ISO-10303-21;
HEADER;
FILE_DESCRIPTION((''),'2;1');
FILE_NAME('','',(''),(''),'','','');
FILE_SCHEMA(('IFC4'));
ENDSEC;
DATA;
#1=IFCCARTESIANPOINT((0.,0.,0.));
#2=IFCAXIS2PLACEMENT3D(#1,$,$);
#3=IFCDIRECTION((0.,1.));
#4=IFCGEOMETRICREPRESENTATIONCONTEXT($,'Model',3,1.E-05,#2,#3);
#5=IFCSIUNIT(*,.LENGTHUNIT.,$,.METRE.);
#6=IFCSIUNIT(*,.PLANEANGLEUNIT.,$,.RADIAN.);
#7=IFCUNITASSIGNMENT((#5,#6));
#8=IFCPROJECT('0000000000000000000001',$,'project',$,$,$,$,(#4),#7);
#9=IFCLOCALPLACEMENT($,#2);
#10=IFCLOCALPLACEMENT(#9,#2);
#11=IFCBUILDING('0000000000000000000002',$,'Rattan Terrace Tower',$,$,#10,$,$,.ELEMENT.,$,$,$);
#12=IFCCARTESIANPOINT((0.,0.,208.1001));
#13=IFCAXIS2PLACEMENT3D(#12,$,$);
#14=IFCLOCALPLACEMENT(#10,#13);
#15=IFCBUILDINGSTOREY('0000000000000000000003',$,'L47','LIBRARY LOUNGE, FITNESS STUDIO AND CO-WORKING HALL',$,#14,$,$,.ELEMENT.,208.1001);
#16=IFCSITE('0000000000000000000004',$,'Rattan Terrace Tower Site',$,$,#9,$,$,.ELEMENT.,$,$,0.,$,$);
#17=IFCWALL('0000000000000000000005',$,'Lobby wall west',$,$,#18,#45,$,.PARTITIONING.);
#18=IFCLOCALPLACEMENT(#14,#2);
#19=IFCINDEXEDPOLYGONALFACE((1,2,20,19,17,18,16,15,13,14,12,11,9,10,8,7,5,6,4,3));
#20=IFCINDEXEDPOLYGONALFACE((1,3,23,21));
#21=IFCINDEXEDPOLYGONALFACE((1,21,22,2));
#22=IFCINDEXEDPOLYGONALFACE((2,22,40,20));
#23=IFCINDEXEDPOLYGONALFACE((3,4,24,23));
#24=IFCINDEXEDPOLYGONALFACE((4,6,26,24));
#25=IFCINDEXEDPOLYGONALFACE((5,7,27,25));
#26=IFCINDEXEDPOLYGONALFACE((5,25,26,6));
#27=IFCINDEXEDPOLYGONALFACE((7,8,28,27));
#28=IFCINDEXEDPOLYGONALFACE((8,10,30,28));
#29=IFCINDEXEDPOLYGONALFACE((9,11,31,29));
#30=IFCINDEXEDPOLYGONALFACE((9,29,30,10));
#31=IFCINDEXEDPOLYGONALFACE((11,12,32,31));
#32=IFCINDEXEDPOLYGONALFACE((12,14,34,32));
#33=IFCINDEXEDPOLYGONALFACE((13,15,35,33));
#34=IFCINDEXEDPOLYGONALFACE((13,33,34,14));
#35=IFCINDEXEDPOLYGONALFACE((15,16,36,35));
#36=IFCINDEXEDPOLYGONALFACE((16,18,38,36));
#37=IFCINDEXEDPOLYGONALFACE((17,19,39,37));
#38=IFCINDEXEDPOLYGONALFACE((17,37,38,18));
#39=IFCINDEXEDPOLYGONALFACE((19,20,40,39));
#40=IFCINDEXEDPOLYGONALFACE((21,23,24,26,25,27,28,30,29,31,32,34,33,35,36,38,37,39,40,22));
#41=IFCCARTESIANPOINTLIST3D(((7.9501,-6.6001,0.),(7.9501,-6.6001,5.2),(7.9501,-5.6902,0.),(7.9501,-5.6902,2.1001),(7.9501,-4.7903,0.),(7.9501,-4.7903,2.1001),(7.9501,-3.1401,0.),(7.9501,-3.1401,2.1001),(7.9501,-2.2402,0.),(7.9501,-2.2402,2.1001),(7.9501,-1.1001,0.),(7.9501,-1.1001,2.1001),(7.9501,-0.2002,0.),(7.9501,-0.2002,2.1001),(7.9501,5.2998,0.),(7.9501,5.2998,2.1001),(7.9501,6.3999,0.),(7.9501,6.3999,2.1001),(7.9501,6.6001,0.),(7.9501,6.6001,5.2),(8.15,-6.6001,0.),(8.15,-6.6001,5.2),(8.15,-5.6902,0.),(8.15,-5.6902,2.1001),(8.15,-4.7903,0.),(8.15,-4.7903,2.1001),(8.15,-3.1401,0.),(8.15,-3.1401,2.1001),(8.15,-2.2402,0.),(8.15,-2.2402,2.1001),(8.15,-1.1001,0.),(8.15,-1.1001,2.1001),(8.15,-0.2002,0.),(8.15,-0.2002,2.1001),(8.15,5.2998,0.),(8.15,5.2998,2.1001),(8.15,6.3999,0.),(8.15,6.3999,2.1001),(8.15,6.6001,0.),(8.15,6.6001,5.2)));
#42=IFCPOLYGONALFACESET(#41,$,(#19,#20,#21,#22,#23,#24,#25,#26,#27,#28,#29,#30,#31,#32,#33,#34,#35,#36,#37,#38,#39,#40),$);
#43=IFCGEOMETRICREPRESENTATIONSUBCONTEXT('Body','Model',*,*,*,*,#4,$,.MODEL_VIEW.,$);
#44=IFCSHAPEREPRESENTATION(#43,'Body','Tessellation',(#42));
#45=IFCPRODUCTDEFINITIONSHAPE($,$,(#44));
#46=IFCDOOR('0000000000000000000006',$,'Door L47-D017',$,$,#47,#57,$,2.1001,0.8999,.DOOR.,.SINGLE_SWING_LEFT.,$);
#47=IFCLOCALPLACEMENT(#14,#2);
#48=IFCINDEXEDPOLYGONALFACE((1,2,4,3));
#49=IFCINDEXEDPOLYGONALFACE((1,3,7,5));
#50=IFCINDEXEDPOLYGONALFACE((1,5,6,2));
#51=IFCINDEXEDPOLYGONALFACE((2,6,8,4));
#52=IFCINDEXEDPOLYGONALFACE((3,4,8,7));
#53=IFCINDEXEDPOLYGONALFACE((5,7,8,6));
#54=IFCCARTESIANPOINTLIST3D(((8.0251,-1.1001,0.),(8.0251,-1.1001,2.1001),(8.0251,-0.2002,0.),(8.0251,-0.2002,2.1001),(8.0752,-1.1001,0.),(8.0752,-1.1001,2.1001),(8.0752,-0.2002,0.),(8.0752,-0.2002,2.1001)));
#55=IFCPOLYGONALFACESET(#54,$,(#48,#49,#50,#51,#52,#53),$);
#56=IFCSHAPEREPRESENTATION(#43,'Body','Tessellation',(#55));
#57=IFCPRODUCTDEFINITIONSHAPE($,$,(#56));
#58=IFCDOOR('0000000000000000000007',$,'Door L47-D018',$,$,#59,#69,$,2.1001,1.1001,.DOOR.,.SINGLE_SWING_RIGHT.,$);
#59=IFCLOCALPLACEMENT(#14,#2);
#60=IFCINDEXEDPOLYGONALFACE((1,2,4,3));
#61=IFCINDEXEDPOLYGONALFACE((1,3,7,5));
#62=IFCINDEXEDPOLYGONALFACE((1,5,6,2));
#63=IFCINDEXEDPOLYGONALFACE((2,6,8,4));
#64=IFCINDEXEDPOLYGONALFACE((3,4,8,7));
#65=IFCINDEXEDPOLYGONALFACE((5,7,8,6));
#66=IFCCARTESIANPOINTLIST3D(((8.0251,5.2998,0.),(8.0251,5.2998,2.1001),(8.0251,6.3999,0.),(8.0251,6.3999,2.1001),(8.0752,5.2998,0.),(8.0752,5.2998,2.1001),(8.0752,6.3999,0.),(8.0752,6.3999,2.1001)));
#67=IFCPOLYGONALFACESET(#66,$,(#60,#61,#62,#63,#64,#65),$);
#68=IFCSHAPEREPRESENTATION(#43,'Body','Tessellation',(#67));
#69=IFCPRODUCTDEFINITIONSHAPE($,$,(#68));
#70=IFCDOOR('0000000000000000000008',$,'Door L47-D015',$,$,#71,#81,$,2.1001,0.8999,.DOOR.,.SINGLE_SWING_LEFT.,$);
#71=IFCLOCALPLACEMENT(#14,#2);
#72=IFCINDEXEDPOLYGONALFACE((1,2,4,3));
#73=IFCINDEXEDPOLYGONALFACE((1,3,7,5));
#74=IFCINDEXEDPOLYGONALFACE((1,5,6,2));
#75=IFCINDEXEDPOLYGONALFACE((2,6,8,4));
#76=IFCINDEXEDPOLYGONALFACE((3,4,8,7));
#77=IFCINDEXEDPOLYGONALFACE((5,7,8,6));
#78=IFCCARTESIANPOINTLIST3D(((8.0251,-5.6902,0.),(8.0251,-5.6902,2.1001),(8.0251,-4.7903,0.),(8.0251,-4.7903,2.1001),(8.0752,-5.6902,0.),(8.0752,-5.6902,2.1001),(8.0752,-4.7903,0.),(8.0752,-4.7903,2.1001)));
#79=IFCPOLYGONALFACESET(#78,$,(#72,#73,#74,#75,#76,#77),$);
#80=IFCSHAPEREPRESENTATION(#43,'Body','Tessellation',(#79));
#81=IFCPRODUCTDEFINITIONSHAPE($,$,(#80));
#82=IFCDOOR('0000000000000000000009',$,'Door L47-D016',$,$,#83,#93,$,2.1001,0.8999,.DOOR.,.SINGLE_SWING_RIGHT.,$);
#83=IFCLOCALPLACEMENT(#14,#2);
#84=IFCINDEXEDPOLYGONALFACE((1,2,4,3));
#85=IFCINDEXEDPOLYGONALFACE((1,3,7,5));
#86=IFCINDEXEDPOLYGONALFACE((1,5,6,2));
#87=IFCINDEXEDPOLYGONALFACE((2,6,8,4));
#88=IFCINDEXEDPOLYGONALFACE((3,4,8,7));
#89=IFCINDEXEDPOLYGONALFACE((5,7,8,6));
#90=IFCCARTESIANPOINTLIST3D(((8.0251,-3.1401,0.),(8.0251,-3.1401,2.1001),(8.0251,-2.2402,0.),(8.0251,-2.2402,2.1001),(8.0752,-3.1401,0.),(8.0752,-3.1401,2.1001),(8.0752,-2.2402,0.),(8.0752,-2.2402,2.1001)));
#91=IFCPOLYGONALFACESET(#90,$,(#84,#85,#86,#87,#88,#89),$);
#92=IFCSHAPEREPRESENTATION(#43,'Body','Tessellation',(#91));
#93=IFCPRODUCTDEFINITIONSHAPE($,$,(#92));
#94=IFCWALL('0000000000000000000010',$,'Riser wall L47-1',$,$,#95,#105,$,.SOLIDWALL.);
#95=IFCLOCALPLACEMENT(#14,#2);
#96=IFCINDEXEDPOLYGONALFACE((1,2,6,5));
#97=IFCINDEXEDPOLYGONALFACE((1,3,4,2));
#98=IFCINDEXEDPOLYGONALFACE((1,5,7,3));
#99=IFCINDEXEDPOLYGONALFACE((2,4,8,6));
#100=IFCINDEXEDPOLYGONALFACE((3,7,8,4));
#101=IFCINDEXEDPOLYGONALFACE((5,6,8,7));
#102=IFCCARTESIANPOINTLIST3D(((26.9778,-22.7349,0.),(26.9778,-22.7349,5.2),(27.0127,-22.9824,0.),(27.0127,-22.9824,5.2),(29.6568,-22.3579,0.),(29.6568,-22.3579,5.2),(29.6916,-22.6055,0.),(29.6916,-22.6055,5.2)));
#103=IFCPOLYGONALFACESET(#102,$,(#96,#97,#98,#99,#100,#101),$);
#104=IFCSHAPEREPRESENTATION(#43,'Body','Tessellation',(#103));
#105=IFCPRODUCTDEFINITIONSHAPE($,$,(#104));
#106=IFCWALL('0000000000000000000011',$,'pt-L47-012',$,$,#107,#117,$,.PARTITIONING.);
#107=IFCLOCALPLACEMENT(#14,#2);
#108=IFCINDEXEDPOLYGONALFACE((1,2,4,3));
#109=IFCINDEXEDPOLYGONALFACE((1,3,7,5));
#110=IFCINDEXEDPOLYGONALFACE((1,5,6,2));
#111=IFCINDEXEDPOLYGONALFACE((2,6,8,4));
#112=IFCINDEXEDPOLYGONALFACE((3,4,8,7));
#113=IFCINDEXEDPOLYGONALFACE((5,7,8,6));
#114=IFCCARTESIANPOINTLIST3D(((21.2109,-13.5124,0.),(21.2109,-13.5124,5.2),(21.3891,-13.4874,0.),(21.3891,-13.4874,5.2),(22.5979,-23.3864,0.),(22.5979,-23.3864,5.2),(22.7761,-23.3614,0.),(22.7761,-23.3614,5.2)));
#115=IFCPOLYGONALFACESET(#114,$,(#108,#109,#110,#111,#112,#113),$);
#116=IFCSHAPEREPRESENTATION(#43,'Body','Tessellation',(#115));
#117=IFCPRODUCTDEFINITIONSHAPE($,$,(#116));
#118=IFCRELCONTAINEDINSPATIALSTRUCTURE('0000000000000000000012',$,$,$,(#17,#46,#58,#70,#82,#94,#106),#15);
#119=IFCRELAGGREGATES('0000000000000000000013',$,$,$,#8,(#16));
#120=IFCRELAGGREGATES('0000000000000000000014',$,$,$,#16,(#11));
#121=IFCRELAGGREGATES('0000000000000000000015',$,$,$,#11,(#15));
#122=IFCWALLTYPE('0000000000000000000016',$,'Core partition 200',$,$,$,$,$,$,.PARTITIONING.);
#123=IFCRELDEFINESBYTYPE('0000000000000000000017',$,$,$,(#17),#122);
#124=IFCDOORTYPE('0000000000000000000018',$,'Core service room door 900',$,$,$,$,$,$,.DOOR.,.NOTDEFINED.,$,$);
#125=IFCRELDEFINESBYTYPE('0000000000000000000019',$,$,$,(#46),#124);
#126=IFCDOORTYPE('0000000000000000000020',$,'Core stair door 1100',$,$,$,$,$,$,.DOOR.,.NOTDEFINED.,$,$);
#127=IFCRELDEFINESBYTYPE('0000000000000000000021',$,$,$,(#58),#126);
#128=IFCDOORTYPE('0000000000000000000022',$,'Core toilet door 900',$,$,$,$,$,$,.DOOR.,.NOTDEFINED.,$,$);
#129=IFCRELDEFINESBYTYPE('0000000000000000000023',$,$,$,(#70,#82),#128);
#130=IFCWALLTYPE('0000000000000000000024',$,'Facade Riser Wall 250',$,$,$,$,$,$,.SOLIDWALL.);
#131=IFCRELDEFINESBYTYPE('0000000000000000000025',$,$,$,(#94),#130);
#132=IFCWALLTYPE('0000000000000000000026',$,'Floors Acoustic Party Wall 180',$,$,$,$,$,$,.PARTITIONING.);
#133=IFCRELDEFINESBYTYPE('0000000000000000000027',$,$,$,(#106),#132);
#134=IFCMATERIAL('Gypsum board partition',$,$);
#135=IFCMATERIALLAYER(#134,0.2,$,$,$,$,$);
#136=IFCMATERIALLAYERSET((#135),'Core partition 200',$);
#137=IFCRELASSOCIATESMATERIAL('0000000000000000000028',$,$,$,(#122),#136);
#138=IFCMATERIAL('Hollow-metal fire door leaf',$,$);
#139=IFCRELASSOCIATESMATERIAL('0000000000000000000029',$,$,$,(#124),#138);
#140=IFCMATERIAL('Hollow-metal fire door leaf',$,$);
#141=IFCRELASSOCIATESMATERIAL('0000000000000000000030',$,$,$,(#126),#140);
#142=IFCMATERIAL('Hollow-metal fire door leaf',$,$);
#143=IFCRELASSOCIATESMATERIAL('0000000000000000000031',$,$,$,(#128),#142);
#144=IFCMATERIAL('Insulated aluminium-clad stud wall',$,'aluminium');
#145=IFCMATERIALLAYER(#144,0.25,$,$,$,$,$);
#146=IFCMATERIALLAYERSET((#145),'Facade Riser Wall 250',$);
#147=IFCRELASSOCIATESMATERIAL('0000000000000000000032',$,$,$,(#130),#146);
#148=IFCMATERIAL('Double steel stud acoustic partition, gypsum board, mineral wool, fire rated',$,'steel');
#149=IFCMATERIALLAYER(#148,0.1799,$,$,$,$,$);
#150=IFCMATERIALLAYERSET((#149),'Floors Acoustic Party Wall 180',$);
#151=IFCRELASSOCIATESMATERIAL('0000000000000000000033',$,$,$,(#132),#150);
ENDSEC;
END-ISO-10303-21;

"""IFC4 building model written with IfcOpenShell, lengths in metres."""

from ifc_helpers import new_model, si_unit, direction, frame, frame_2d, origin, place, context, subcontext, project, spatial, rectangle, extrude, material, layer, layer_set, type_object, element, fill, save


model = new_model("IFC4")

# Units and contexts
model_context = context("Model", 3, precision=1e-05, world=origin(), true_north=direction((0.0, 1.0)))
body_context = subcontext(model_context, "Body", "Model", "MODEL_VIEW")
ifc_project = project(units=[si_unit("LENGTHUNIT", "METRE"), si_unit("PLANEANGLEUNIT", "RADIAN")], contexts=[model_context])

# Site, building, storey
site_placement = place(None, origin())
site = spatial("IfcSite", under=ifc_project, at=site_placement, Name="Rattan Terrace Tower Site", CompositionType="ELEMENT", RefElevation=0.0)
building_placement = place(site_placement, origin())
building = spatial("IfcBuilding", under=site, at=building_placement, Name="Rattan Terrace Tower", CompositionType="ELEMENT")
storey_placement = place(building_placement, frame((0.0, 0.0, 208.1001)))
storey = spatial("IfcBuildingStorey", under=building, at=storey_placement, Name="L47", Description="LIBRARY LOUNGE, FITNESS STUDIO AND CO-WORKING HALL", CompositionType="ELEMENT", Elevation=208.1001)

# Wall, openings, doors
ifc_material_1 = material(Name="Gypsum board partition")
ifc_layer_1 = layer(ifc_material_1, 0.2)
ifc_layer_set_1 = layer_set([ifc_layer_1], Name="Core partition 200")
wall_type_1 = type_object("IfcWallType", Name="Core partition 200", PredefinedType="PARTITIONING", material=ifc_layer_set_1)
wall_1_placement = place(storey_placement, frame((8.05, -6.6001, 0.0), z_axis=(0.0, 0.0, 1.0), x_axis=(0.0, 1.0, 0.0)))
wall_1 = element("IfcWall", 1, at=wall_1_placement, inside=storey, type_object=wall_type_1, Name="Lobby wall west", PredefinedType="PARTITIONING", context=body_context, shape_type="SweptSolid", body=[
    extrude(rectangle(XDim=13.2002, YDim=0.2, at=frame_2d((6.6001, 0.0))), origin(), (0.0, 0.0, 1.0), 5.2),
])
opening_1_placement = place(wall_1_placement, frame((0.9099, 0.0, 0.0)))
opening_1 = element("IfcOpeningElement", 2, at=opening_1_placement, cuts=wall_1, PredefinedType="OPENING", context=body_context, shape_type="SweptSolid", body=[
    extrude(rectangle(XDim=0.8999, YDim=2.1001, at=frame_2d((0.45, 1.05))), frame((0.0, 0.1106, 0.0), z_axis=(0.0, -1.0, 0.0), x_axis=(1.0, 0.0, 0.0)), (0.0, 0.0, 1.0), 0.2209),
])
opening_2_placement = place(wall_1_placement, frame((3.46, 0.0, 0.0)))
opening_2 = element("IfcOpeningElement", 3, at=opening_2_placement, cuts=wall_1, PredefinedType="OPENING", context=body_context, shape_type="SweptSolid", body=[
    extrude(rectangle(XDim=0.8999, YDim=2.1001, at=frame_2d((0.45, 1.05))), frame((0.0, 0.1106, 0.0), z_axis=(0.0, -1.0, 0.0), x_axis=(1.0, 0.0, 0.0)), (0.0, 0.0, 1.0), 0.2209),
])
opening_3_placement = place(wall_1_placement, frame((5.5, 0.0, 0.0)))
opening_3 = element("IfcOpeningElement", 4, at=opening_3_placement, cuts=wall_1, PredefinedType="OPENING", context=body_context, shape_type="SweptSolid", body=[
    extrude(rectangle(XDim=0.8999, YDim=2.1001, at=frame_2d((0.45, 1.05))), frame((0.0, 0.1106, 0.0), z_axis=(0.0, -1.0, 0.0), x_axis=(1.0, 0.0, 0.0)), (0.0, 0.0, 1.0), 0.2209),
])
opening_4_placement = place(wall_1_placement, frame((11.8999, 0.0, 0.0)))
opening_4 = element("IfcOpeningElement", 5, at=opening_4_placement, cuts=wall_1, PredefinedType="OPENING", context=body_context, shape_type="SweptSolid", body=[
    extrude(rectangle(XDim=1.1001, YDim=2.1001, at=frame_2d((0.55, 1.05))), frame((0.0, 0.1106, 0.0), z_axis=(0.0, -1.0, 0.0), x_axis=(1.0, 0.0, 0.0)), (0.0, 0.0, 1.0), 0.2209),
])
ifc_material_2 = material(Name="Hollow-metal fire door leaf")
door_type_1 = type_object("IfcDoorType", Name="Core service room door 900", OperationType="NOTDEFINED", PredefinedType="DOOR", material=ifc_material_2)
door_1_placement = place(opening_3_placement, origin())
door_1 = element("IfcDoor", 6, at=door_1_placement, inside=storey, type_object=door_type_1, Name="Door L47-D017", OperationType="SINGLE_SWING_LEFT", OverallHeight=2.1001, OverallWidth=0.8999, PredefinedType="DOOR", context=body_context, shape_type="SweptSolid", body=[
    extrude(rectangle(XDim=0.8999, YDim=2.1001, at=frame_2d((0.45, 1.05))), frame((0.0, 0.0249, 0.0), z_axis=(0.0, -1.0, 0.0), x_axis=(1.0, 0.0, 0.0)), (0.0, 0.0, 1.0), 0.05),
])
fill(opening_3, door_1)
ifc_material_3 = material(Name="Hollow-metal fire door leaf")
door_type_2 = type_object("IfcDoorType", Name="Core stair door 1100", OperationType="NOTDEFINED", PredefinedType="DOOR", material=ifc_material_3)
door_2_placement = place(opening_4_placement, origin())
door_2 = element("IfcDoor", 7, at=door_2_placement, inside=storey, type_object=door_type_2, Name="Door L47-D018", OperationType="SINGLE_SWING_RIGHT", OverallHeight=2.1001, OverallWidth=1.1001, PredefinedType="DOOR", context=body_context, shape_type="SweptSolid", body=[
    extrude(rectangle(XDim=1.1001, YDim=2.1001, at=frame_2d((0.55, 1.05))), frame((0.0, 0.0249, 0.0), z_axis=(0.0, -1.0, 0.0), x_axis=(1.0, 0.0, 0.0)), (0.0, 0.0, 1.0), 0.05),
])
fill(opening_4, door_2)
ifc_material_4 = material(Name="Hollow-metal fire door leaf")
door_type_3 = type_object("IfcDoorType", Name="Core toilet door 900", OperationType="NOTDEFINED", PredefinedType="DOOR", material=ifc_material_4)
door_3_placement = place(opening_1_placement, origin())
door_3 = element("IfcDoor", 8, at=door_3_placement, inside=storey, type_object=door_type_3, Name="Door L47-D015", OperationType="SINGLE_SWING_LEFT", OverallHeight=2.1001, OverallWidth=0.8999, PredefinedType="DOOR", context=body_context, shape_type="SweptSolid", body=[
    extrude(rectangle(XDim=0.8999, YDim=2.1001, at=frame_2d((0.45, 1.05))), frame((0.0, 0.0249, 0.0), z_axis=(0.0, -1.0, 0.0), x_axis=(1.0, 0.0, 0.0)), (0.0, 0.0, 1.0), 0.05),
])
fill(opening_1, door_3)
door_4_placement = place(opening_2_placement, origin())
door_4 = element("IfcDoor", 9, at=door_4_placement, inside=storey, type_object=door_type_3, Name="Door L47-D016", OperationType="SINGLE_SWING_RIGHT", OverallHeight=2.1001, OverallWidth=0.8999, PredefinedType="DOOR", context=body_context, shape_type="SweptSolid", body=[
    extrude(rectangle(XDim=0.8999, YDim=2.1001, at=frame_2d((0.45, 1.05))), frame((0.0, 0.0249, 0.0), z_axis=(0.0, -1.0, 0.0), x_axis=(1.0, 0.0, 0.0)), (0.0, 0.0, 1.0), 0.05),
])
fill(opening_2, door_4)

# Walls
ifc_material_5 = material(Name="Insulated aluminium-clad stud wall", Category="aluminium")
ifc_layer_2 = layer(ifc_material_5, 0.25)
ifc_layer_set_2 = layer_set([ifc_layer_2], Name="Facade Riser Wall 250")
wall_type_2 = type_object("IfcWallType", Name="Facade Riser Wall 250", PredefinedType="SOLIDWALL", material=ifc_layer_set_2)
wall_2_placement = place(storey_placement, frame((26.9954, -22.8586, 0.0), z_axis=(0.0, 0.0, 1.0), x_axis=(0.990245, 0.139336, 0.0)))
element("IfcWall", 10, at=wall_2_placement, inside=storey, type_object=wall_type_2, Name="Riser wall L47-1", PredefinedType="SOLIDWALL", context=body_context, shape_type="SweptSolid", body=[
    extrude(rectangle(XDim=2.7053, YDim=0.25, at=frame_2d((1.3525, 0.0))), origin(), (0.0, 0.0, 1.0), 5.2),
])
ifc_material_6 = material(Name="Double steel stud acoustic partition, gypsum board, mineral wool, fire rated", Category="steel")
ifc_layer_3 = layer(ifc_material_6, 0.1799)
ifc_layer_set_3 = layer_set([ifc_layer_3], Name="Floors Acoustic Party Wall 180")
wall_type_3 = type_object("IfcWallType", Name="Floors Acoustic Party Wall 180", PredefinedType="PARTITIONING", material=ifc_layer_set_3)
wall_3_placement = place(storey_placement, frame((21.3, -13.5, 0.0), z_axis=(0.0, 0.0, 1.0), x_axis=(0.1391, -0.990278, 0.0)))
element("IfcWall", 11, at=wall_3_placement, inside=storey, type_object=wall_type_3, Name="pt-L47-012", PredefinedType="PARTITIONING", context=body_context, shape_type="SweptSolid", body=[
    extrude(rectangle(XDim=9.9709, YDim=0.1799, at=frame_2d((4.9854, 0.0))), origin(), (0.0, 0.0, 1.0), 5.2),
])

save(model, "model.ifc")
